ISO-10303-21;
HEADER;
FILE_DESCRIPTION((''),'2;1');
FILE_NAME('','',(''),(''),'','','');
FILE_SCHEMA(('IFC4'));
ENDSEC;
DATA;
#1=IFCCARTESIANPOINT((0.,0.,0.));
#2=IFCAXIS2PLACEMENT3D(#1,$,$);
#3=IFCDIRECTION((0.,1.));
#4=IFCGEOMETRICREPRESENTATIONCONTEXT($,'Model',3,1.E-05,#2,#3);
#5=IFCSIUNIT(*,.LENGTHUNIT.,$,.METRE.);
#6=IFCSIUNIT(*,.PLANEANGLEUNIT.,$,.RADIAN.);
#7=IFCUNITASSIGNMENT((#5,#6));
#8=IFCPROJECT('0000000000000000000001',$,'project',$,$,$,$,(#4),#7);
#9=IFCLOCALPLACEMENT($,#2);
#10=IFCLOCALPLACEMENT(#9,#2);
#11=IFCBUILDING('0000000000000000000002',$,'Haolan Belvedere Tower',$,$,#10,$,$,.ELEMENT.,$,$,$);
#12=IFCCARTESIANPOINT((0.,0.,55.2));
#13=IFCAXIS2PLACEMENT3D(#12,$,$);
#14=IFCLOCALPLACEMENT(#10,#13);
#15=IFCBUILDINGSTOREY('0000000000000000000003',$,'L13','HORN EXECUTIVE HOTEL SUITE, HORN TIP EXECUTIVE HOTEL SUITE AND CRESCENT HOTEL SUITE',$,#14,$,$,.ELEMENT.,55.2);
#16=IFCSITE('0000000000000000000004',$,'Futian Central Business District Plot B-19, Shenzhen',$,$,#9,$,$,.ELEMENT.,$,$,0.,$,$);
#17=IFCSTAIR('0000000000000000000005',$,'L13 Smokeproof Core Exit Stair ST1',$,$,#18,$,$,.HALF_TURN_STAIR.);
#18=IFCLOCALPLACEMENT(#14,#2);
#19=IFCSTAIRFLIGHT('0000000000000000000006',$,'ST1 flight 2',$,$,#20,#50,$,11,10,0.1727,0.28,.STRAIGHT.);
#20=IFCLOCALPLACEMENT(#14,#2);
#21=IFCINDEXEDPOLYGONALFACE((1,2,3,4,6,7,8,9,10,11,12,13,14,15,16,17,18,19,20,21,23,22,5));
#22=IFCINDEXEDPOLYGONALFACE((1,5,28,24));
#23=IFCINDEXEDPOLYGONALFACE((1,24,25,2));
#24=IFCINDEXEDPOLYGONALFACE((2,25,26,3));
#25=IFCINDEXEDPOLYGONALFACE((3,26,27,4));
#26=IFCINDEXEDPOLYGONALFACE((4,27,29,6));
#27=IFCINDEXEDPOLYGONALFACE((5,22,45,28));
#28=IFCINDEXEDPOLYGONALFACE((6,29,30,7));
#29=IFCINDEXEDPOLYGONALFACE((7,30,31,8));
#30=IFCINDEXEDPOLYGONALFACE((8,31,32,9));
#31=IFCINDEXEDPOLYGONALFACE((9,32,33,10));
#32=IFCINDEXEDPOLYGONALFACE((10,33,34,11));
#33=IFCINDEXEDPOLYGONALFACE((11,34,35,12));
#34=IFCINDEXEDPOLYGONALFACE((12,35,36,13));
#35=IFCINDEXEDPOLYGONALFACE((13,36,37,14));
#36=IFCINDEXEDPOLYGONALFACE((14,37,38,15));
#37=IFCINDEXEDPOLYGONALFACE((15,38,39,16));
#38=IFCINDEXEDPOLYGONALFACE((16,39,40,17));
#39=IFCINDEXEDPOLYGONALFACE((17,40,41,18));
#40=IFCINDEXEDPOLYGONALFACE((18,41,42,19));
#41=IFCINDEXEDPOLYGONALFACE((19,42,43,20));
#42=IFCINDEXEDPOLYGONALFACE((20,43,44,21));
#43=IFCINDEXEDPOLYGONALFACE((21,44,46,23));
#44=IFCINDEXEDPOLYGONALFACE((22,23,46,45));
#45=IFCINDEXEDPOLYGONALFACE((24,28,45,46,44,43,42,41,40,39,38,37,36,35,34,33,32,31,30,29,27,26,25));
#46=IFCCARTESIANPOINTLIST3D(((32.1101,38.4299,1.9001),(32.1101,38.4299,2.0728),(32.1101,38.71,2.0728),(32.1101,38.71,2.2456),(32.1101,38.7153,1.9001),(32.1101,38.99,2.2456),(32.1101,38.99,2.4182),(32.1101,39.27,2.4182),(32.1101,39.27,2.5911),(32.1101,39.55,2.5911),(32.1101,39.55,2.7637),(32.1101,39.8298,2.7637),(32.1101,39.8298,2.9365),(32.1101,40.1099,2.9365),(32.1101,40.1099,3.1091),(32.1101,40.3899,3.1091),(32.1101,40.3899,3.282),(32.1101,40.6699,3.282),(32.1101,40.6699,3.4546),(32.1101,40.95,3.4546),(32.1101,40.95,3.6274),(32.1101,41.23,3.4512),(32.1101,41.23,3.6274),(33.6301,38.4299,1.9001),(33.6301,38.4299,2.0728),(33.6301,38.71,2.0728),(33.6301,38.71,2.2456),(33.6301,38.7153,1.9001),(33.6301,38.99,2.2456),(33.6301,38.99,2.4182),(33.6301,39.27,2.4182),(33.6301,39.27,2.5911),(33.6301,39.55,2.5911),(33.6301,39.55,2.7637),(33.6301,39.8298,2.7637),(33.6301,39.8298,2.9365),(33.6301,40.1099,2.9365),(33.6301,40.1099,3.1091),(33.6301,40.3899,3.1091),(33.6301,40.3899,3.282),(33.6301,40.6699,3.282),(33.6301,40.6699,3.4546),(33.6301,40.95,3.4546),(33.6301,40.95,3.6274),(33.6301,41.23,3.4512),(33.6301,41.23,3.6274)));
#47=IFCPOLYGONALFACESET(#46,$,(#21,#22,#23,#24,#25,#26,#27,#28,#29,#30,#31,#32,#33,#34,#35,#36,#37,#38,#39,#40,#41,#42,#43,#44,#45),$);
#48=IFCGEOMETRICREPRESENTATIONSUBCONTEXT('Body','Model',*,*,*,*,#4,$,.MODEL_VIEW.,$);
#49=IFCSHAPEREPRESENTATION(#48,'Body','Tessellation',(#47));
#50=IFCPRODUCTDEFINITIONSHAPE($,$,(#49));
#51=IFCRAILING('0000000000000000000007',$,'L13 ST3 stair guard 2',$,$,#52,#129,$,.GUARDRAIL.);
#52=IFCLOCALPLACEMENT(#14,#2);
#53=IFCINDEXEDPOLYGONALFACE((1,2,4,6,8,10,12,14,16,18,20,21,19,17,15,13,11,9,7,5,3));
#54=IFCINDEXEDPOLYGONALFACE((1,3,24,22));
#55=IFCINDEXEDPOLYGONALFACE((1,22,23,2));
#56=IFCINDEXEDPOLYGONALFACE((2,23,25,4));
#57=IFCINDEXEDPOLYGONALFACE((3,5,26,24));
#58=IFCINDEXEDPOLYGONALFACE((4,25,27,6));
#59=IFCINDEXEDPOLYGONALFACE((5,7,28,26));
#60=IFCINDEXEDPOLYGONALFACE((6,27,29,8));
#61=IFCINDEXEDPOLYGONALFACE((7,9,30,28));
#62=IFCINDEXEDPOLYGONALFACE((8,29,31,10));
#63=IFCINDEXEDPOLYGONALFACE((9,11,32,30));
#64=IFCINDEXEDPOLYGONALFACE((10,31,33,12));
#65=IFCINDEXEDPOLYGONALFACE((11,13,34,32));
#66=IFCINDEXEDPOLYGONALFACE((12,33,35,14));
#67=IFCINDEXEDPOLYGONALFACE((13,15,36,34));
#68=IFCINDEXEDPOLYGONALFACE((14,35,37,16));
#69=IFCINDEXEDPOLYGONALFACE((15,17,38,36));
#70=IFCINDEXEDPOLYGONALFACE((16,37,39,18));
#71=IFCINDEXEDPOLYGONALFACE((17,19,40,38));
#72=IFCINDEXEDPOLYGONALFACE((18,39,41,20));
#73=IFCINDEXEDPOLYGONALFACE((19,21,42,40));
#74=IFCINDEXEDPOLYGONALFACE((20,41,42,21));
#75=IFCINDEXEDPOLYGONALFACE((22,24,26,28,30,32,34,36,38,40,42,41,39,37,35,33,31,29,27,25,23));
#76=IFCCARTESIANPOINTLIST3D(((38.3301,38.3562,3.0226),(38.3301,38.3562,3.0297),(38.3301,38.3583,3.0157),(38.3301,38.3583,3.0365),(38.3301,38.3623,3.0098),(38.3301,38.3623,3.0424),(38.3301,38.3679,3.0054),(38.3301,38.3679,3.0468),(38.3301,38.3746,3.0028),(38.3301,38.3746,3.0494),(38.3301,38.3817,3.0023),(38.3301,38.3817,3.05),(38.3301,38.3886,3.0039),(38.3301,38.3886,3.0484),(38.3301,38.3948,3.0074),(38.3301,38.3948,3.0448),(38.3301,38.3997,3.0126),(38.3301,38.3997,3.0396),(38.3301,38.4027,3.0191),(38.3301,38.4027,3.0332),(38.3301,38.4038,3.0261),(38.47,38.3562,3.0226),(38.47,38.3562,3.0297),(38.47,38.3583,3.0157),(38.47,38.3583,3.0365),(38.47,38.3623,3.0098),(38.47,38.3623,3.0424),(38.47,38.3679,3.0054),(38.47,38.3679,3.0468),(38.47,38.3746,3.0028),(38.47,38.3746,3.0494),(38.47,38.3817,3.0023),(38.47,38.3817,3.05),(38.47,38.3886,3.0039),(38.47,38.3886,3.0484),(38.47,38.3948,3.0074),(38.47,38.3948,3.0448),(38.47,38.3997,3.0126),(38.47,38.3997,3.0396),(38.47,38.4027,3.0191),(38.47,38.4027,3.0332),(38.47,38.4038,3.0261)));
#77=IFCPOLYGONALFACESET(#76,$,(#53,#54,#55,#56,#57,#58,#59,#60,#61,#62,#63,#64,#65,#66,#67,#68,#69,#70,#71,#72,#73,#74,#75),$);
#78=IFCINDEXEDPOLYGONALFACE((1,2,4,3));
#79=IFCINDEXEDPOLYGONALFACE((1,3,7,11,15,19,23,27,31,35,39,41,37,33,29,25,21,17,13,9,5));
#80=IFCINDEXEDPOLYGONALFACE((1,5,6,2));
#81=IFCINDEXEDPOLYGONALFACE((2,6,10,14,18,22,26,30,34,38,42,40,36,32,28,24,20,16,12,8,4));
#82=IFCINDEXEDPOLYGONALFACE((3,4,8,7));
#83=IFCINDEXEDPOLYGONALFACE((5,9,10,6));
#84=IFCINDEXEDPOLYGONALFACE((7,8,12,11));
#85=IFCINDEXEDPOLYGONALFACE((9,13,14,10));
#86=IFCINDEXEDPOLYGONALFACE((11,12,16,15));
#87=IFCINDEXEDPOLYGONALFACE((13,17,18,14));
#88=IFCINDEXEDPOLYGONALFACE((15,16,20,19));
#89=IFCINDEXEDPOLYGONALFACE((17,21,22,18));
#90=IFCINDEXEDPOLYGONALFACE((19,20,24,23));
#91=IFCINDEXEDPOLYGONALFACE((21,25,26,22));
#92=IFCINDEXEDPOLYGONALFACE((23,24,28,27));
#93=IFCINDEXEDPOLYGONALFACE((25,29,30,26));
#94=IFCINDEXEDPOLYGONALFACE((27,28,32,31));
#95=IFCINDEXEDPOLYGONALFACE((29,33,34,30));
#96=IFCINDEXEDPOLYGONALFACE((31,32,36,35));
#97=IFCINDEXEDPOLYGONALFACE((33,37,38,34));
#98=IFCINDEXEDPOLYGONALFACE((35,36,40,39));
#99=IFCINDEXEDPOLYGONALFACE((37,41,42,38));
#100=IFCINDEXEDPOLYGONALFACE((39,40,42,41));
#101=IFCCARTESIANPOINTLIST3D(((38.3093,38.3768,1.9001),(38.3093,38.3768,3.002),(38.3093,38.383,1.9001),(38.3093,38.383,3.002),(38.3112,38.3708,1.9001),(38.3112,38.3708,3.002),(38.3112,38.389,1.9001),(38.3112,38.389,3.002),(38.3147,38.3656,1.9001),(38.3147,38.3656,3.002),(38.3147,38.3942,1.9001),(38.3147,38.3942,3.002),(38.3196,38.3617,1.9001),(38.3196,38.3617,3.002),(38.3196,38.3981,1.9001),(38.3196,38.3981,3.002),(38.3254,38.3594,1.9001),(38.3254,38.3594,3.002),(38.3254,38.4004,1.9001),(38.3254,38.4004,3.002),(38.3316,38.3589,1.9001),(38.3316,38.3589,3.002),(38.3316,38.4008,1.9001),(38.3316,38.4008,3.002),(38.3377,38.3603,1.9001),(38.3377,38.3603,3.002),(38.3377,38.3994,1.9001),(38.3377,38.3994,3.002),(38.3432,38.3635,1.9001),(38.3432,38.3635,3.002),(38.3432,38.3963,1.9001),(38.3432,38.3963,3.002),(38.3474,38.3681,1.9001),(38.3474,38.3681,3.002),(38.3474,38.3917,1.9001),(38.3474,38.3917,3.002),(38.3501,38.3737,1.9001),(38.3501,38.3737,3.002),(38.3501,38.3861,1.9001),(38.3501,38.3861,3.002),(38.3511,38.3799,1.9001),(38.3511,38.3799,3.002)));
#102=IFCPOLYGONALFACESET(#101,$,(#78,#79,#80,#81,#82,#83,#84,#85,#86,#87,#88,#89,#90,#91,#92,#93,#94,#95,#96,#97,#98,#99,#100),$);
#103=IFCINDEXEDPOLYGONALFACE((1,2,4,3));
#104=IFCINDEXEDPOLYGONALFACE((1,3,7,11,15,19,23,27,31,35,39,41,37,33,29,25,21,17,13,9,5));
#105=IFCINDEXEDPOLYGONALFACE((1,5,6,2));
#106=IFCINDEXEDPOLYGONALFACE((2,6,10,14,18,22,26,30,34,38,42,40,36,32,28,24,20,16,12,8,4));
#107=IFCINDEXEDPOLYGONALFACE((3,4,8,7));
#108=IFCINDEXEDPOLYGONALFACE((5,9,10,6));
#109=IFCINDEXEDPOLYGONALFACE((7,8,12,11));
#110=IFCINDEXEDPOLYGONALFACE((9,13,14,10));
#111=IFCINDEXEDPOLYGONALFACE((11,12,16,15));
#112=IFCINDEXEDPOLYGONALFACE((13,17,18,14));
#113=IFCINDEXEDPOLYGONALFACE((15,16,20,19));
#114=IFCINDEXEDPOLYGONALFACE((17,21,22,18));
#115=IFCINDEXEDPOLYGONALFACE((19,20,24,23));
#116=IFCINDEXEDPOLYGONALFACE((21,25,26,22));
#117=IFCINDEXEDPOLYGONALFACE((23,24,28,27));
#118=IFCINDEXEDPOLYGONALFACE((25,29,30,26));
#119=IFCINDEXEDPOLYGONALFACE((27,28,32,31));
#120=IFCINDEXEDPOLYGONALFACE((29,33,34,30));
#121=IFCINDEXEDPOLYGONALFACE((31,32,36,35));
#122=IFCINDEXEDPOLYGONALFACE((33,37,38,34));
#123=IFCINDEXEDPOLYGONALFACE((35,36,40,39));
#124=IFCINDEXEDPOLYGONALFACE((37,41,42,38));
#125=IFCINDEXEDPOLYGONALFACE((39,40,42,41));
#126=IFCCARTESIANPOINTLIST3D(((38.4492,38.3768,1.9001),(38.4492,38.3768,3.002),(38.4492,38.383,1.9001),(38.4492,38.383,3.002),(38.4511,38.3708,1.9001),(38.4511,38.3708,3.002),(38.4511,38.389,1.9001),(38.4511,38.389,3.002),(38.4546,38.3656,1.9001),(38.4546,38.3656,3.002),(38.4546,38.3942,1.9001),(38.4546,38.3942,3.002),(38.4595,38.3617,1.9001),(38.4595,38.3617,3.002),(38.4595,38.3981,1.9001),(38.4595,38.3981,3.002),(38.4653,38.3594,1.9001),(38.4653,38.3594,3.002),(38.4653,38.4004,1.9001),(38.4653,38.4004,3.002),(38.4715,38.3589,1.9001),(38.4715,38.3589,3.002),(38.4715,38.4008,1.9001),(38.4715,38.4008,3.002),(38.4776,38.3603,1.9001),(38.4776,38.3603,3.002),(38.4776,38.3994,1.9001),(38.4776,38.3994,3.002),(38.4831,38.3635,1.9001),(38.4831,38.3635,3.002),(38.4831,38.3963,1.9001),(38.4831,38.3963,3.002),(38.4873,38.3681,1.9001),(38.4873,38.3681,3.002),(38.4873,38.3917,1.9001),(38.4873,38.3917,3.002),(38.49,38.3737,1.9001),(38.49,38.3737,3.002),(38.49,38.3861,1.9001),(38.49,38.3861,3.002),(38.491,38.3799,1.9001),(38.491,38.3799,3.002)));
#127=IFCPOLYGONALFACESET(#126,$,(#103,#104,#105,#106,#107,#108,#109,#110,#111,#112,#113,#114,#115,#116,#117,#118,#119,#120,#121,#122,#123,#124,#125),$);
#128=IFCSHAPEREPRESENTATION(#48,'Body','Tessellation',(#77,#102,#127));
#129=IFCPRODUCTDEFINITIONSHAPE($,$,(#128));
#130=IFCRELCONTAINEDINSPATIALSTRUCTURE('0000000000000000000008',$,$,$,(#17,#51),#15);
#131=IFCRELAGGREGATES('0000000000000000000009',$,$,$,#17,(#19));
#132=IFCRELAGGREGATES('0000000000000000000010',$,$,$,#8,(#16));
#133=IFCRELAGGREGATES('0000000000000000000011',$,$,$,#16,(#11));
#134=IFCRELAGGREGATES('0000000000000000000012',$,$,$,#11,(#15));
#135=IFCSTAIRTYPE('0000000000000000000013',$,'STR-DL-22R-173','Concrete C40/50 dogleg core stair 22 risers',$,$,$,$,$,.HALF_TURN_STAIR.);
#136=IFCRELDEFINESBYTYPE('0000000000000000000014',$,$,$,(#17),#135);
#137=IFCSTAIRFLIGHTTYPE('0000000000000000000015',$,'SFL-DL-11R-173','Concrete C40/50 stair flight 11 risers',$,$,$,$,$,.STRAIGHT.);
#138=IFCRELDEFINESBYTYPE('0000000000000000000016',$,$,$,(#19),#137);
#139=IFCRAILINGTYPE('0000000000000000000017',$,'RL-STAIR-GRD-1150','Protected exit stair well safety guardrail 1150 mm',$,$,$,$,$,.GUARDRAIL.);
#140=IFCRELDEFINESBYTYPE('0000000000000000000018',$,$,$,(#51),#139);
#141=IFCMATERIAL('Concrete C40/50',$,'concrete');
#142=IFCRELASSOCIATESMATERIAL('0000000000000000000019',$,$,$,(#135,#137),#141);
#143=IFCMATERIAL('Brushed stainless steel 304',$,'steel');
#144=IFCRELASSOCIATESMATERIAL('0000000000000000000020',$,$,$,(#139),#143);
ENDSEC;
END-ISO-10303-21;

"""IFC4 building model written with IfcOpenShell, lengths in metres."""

from ifc_helpers import new_model, si_unit, direction, frame, origin, origin_2d, place, context, subcontext, project, spatial, polyline, circle, outline, extrude, material, type_object, element, aggregate, save


model = new_model("IFC4")

# Units and contexts
model_context = context("Model", 3, precision=1e-05, world=origin(), true_north=direction((0.0, 1.0)))
body_context = subcontext(model_context, "Body", "Model", "MODEL_VIEW")
ifc_project = project(units=[si_unit("LENGTHUNIT", "METRE"), si_unit("PLANEANGLEUNIT", "RADIAN")], contexts=[model_context])

# Site, building, storey
site_placement = place(None, origin())
site = spatial("IfcSite", under=ifc_project, at=site_placement, Name="Futian Central Business District Plot B-19, Shenzhen", CompositionType="ELEMENT", RefElevation=0.0)
building_placement = place(site_placement, origin())
building = spatial("IfcBuilding", under=site, at=building_placement, Name="Haolan Belvedere Tower", CompositionType="ELEMENT")
storey_placement = place(building_placement, frame((0.0, 0.0, 55.2)))
storey = spatial("IfcBuildingStorey", under=building, at=storey_placement, Name="L13", Description="HORN EXECUTIVE HOTEL SUITE, HORN TIP EXECUTIVE HOTEL SUITE AND CRESCENT HOTEL SUITE", CompositionType="ELEMENT", Elevation=55.2)

# Stair, stair flight
ifc_material_1 = material(Name="Concrete C40/50", Category="concrete")
stair_type = type_object("IfcStairType", Name="STR-DL-22R-173", Description="Concrete C40/50 dogleg core stair 22 risers", PredefinedType="HALF_TURN_STAIR", material=ifc_material_1)
stair_placement = place(storey_placement, origin())
stair = element("IfcStair", 1, at=stair_placement, inside=storey, type_object=stair_type, Name="L13 Smokeproof Core Exit Stair ST1", PredefinedType="HALF_TURN_STAIR")
stair_flight_type = type_object("IfcStairFlightType", Name="SFL-DL-11R-173", Description="Concrete C40/50 stair flight 11 risers", PredefinedType="STRAIGHT", material=ifc_material_1)
stair_flight_placement = place(storey_placement, frame((32.8701, 38.4299, 1.9001), z_axis=(0.0, 0.0, 1.0), x_axis=(0.0, 1.0, 0.0)))
stair_flight = element("IfcStairFlight", 2, at=stair_flight_placement, type_object=stair_flight_type, Name="ST1 flight 2", NumberOfRisers=11, NumberOfTreads=10, PredefinedType="STRAIGHT", RiserHeight=0.1727, TreadLength=0.28, context=body_context, shape_type="SweptSolid", body=[
    extrude(outline(polyline([(0.0, 0.0), (0.0, 0.1726), (0.28, 0.1726), (0.28, 0.3455), (0.5601, 0.3455), (0.5601, 0.5181), (0.8401, 0.5181), (0.8401, 0.6909), (1.1201, 0.6909), (1.1201, 0.8635), (1.3999, 0.8635), (1.3999, 1.0364), (1.6799, 1.0364), (1.6799, 1.209), (1.96, 1.209), (1.96, 1.3818), (2.24, 1.3818), (2.24, 1.5544), (2.52, 1.5544), (2.52, 1.7273), (2.8, 1.7273), (2.8, 1.8999), (2.8, 1.551), (0.2854, 0.0), (0.0, 0.0)])), frame((0.0, 0.76, 0.0), z_axis=(0.0, -1.0, 0.0), x_axis=(1.0, 0.0, 0.0)), (0.0, 0.0, 1.0), 1.52),
])
aggregate(stair, [stair_flight])

# Railing
ifc_material_2 = material(Name="Brushed stainless steel 304", Category="steel")
railing_type_1 = type_object("IfcRailingType", Name="RL-STAIR-GRD-1150", Description="Protected exit stair well safety guardrail 1150 mm", PredefinedType="GUARDRAIL", material=ifc_material_2)
railing_1_placement = place(storey_placement, frame((38.3301, 38.3799, 1.9001)))
element("IfcRailing", 3, at=railing_1_placement, inside=storey, type_object=railing_type_1, Name="L13 ST3 stair guard 2", PredefinedType="GUARDRAIL", context=body_context, shape_type="SweptSolid", body=[
    extrude(circle(Radius=0.0239, at=origin_2d()), frame((0.0, 0.0, 1.126), z_axis=(1.0, 0.0, 0.0), x_axis=(0.0, 1.0, 0.0)), (0.0, 0.0, 1.0), 0.1399),
    extrude(circle(Radius=0.021, at=origin_2d()), origin(), (0.0, 0.0, 1.0), 1.1018),
    extrude(circle(Radius=0.021, at=origin_2d()), frame((0.1399, 0.0, 0.0)), (0.0, 0.0, 1.0), 1.1018),
])

save(model, "model.ifc")
